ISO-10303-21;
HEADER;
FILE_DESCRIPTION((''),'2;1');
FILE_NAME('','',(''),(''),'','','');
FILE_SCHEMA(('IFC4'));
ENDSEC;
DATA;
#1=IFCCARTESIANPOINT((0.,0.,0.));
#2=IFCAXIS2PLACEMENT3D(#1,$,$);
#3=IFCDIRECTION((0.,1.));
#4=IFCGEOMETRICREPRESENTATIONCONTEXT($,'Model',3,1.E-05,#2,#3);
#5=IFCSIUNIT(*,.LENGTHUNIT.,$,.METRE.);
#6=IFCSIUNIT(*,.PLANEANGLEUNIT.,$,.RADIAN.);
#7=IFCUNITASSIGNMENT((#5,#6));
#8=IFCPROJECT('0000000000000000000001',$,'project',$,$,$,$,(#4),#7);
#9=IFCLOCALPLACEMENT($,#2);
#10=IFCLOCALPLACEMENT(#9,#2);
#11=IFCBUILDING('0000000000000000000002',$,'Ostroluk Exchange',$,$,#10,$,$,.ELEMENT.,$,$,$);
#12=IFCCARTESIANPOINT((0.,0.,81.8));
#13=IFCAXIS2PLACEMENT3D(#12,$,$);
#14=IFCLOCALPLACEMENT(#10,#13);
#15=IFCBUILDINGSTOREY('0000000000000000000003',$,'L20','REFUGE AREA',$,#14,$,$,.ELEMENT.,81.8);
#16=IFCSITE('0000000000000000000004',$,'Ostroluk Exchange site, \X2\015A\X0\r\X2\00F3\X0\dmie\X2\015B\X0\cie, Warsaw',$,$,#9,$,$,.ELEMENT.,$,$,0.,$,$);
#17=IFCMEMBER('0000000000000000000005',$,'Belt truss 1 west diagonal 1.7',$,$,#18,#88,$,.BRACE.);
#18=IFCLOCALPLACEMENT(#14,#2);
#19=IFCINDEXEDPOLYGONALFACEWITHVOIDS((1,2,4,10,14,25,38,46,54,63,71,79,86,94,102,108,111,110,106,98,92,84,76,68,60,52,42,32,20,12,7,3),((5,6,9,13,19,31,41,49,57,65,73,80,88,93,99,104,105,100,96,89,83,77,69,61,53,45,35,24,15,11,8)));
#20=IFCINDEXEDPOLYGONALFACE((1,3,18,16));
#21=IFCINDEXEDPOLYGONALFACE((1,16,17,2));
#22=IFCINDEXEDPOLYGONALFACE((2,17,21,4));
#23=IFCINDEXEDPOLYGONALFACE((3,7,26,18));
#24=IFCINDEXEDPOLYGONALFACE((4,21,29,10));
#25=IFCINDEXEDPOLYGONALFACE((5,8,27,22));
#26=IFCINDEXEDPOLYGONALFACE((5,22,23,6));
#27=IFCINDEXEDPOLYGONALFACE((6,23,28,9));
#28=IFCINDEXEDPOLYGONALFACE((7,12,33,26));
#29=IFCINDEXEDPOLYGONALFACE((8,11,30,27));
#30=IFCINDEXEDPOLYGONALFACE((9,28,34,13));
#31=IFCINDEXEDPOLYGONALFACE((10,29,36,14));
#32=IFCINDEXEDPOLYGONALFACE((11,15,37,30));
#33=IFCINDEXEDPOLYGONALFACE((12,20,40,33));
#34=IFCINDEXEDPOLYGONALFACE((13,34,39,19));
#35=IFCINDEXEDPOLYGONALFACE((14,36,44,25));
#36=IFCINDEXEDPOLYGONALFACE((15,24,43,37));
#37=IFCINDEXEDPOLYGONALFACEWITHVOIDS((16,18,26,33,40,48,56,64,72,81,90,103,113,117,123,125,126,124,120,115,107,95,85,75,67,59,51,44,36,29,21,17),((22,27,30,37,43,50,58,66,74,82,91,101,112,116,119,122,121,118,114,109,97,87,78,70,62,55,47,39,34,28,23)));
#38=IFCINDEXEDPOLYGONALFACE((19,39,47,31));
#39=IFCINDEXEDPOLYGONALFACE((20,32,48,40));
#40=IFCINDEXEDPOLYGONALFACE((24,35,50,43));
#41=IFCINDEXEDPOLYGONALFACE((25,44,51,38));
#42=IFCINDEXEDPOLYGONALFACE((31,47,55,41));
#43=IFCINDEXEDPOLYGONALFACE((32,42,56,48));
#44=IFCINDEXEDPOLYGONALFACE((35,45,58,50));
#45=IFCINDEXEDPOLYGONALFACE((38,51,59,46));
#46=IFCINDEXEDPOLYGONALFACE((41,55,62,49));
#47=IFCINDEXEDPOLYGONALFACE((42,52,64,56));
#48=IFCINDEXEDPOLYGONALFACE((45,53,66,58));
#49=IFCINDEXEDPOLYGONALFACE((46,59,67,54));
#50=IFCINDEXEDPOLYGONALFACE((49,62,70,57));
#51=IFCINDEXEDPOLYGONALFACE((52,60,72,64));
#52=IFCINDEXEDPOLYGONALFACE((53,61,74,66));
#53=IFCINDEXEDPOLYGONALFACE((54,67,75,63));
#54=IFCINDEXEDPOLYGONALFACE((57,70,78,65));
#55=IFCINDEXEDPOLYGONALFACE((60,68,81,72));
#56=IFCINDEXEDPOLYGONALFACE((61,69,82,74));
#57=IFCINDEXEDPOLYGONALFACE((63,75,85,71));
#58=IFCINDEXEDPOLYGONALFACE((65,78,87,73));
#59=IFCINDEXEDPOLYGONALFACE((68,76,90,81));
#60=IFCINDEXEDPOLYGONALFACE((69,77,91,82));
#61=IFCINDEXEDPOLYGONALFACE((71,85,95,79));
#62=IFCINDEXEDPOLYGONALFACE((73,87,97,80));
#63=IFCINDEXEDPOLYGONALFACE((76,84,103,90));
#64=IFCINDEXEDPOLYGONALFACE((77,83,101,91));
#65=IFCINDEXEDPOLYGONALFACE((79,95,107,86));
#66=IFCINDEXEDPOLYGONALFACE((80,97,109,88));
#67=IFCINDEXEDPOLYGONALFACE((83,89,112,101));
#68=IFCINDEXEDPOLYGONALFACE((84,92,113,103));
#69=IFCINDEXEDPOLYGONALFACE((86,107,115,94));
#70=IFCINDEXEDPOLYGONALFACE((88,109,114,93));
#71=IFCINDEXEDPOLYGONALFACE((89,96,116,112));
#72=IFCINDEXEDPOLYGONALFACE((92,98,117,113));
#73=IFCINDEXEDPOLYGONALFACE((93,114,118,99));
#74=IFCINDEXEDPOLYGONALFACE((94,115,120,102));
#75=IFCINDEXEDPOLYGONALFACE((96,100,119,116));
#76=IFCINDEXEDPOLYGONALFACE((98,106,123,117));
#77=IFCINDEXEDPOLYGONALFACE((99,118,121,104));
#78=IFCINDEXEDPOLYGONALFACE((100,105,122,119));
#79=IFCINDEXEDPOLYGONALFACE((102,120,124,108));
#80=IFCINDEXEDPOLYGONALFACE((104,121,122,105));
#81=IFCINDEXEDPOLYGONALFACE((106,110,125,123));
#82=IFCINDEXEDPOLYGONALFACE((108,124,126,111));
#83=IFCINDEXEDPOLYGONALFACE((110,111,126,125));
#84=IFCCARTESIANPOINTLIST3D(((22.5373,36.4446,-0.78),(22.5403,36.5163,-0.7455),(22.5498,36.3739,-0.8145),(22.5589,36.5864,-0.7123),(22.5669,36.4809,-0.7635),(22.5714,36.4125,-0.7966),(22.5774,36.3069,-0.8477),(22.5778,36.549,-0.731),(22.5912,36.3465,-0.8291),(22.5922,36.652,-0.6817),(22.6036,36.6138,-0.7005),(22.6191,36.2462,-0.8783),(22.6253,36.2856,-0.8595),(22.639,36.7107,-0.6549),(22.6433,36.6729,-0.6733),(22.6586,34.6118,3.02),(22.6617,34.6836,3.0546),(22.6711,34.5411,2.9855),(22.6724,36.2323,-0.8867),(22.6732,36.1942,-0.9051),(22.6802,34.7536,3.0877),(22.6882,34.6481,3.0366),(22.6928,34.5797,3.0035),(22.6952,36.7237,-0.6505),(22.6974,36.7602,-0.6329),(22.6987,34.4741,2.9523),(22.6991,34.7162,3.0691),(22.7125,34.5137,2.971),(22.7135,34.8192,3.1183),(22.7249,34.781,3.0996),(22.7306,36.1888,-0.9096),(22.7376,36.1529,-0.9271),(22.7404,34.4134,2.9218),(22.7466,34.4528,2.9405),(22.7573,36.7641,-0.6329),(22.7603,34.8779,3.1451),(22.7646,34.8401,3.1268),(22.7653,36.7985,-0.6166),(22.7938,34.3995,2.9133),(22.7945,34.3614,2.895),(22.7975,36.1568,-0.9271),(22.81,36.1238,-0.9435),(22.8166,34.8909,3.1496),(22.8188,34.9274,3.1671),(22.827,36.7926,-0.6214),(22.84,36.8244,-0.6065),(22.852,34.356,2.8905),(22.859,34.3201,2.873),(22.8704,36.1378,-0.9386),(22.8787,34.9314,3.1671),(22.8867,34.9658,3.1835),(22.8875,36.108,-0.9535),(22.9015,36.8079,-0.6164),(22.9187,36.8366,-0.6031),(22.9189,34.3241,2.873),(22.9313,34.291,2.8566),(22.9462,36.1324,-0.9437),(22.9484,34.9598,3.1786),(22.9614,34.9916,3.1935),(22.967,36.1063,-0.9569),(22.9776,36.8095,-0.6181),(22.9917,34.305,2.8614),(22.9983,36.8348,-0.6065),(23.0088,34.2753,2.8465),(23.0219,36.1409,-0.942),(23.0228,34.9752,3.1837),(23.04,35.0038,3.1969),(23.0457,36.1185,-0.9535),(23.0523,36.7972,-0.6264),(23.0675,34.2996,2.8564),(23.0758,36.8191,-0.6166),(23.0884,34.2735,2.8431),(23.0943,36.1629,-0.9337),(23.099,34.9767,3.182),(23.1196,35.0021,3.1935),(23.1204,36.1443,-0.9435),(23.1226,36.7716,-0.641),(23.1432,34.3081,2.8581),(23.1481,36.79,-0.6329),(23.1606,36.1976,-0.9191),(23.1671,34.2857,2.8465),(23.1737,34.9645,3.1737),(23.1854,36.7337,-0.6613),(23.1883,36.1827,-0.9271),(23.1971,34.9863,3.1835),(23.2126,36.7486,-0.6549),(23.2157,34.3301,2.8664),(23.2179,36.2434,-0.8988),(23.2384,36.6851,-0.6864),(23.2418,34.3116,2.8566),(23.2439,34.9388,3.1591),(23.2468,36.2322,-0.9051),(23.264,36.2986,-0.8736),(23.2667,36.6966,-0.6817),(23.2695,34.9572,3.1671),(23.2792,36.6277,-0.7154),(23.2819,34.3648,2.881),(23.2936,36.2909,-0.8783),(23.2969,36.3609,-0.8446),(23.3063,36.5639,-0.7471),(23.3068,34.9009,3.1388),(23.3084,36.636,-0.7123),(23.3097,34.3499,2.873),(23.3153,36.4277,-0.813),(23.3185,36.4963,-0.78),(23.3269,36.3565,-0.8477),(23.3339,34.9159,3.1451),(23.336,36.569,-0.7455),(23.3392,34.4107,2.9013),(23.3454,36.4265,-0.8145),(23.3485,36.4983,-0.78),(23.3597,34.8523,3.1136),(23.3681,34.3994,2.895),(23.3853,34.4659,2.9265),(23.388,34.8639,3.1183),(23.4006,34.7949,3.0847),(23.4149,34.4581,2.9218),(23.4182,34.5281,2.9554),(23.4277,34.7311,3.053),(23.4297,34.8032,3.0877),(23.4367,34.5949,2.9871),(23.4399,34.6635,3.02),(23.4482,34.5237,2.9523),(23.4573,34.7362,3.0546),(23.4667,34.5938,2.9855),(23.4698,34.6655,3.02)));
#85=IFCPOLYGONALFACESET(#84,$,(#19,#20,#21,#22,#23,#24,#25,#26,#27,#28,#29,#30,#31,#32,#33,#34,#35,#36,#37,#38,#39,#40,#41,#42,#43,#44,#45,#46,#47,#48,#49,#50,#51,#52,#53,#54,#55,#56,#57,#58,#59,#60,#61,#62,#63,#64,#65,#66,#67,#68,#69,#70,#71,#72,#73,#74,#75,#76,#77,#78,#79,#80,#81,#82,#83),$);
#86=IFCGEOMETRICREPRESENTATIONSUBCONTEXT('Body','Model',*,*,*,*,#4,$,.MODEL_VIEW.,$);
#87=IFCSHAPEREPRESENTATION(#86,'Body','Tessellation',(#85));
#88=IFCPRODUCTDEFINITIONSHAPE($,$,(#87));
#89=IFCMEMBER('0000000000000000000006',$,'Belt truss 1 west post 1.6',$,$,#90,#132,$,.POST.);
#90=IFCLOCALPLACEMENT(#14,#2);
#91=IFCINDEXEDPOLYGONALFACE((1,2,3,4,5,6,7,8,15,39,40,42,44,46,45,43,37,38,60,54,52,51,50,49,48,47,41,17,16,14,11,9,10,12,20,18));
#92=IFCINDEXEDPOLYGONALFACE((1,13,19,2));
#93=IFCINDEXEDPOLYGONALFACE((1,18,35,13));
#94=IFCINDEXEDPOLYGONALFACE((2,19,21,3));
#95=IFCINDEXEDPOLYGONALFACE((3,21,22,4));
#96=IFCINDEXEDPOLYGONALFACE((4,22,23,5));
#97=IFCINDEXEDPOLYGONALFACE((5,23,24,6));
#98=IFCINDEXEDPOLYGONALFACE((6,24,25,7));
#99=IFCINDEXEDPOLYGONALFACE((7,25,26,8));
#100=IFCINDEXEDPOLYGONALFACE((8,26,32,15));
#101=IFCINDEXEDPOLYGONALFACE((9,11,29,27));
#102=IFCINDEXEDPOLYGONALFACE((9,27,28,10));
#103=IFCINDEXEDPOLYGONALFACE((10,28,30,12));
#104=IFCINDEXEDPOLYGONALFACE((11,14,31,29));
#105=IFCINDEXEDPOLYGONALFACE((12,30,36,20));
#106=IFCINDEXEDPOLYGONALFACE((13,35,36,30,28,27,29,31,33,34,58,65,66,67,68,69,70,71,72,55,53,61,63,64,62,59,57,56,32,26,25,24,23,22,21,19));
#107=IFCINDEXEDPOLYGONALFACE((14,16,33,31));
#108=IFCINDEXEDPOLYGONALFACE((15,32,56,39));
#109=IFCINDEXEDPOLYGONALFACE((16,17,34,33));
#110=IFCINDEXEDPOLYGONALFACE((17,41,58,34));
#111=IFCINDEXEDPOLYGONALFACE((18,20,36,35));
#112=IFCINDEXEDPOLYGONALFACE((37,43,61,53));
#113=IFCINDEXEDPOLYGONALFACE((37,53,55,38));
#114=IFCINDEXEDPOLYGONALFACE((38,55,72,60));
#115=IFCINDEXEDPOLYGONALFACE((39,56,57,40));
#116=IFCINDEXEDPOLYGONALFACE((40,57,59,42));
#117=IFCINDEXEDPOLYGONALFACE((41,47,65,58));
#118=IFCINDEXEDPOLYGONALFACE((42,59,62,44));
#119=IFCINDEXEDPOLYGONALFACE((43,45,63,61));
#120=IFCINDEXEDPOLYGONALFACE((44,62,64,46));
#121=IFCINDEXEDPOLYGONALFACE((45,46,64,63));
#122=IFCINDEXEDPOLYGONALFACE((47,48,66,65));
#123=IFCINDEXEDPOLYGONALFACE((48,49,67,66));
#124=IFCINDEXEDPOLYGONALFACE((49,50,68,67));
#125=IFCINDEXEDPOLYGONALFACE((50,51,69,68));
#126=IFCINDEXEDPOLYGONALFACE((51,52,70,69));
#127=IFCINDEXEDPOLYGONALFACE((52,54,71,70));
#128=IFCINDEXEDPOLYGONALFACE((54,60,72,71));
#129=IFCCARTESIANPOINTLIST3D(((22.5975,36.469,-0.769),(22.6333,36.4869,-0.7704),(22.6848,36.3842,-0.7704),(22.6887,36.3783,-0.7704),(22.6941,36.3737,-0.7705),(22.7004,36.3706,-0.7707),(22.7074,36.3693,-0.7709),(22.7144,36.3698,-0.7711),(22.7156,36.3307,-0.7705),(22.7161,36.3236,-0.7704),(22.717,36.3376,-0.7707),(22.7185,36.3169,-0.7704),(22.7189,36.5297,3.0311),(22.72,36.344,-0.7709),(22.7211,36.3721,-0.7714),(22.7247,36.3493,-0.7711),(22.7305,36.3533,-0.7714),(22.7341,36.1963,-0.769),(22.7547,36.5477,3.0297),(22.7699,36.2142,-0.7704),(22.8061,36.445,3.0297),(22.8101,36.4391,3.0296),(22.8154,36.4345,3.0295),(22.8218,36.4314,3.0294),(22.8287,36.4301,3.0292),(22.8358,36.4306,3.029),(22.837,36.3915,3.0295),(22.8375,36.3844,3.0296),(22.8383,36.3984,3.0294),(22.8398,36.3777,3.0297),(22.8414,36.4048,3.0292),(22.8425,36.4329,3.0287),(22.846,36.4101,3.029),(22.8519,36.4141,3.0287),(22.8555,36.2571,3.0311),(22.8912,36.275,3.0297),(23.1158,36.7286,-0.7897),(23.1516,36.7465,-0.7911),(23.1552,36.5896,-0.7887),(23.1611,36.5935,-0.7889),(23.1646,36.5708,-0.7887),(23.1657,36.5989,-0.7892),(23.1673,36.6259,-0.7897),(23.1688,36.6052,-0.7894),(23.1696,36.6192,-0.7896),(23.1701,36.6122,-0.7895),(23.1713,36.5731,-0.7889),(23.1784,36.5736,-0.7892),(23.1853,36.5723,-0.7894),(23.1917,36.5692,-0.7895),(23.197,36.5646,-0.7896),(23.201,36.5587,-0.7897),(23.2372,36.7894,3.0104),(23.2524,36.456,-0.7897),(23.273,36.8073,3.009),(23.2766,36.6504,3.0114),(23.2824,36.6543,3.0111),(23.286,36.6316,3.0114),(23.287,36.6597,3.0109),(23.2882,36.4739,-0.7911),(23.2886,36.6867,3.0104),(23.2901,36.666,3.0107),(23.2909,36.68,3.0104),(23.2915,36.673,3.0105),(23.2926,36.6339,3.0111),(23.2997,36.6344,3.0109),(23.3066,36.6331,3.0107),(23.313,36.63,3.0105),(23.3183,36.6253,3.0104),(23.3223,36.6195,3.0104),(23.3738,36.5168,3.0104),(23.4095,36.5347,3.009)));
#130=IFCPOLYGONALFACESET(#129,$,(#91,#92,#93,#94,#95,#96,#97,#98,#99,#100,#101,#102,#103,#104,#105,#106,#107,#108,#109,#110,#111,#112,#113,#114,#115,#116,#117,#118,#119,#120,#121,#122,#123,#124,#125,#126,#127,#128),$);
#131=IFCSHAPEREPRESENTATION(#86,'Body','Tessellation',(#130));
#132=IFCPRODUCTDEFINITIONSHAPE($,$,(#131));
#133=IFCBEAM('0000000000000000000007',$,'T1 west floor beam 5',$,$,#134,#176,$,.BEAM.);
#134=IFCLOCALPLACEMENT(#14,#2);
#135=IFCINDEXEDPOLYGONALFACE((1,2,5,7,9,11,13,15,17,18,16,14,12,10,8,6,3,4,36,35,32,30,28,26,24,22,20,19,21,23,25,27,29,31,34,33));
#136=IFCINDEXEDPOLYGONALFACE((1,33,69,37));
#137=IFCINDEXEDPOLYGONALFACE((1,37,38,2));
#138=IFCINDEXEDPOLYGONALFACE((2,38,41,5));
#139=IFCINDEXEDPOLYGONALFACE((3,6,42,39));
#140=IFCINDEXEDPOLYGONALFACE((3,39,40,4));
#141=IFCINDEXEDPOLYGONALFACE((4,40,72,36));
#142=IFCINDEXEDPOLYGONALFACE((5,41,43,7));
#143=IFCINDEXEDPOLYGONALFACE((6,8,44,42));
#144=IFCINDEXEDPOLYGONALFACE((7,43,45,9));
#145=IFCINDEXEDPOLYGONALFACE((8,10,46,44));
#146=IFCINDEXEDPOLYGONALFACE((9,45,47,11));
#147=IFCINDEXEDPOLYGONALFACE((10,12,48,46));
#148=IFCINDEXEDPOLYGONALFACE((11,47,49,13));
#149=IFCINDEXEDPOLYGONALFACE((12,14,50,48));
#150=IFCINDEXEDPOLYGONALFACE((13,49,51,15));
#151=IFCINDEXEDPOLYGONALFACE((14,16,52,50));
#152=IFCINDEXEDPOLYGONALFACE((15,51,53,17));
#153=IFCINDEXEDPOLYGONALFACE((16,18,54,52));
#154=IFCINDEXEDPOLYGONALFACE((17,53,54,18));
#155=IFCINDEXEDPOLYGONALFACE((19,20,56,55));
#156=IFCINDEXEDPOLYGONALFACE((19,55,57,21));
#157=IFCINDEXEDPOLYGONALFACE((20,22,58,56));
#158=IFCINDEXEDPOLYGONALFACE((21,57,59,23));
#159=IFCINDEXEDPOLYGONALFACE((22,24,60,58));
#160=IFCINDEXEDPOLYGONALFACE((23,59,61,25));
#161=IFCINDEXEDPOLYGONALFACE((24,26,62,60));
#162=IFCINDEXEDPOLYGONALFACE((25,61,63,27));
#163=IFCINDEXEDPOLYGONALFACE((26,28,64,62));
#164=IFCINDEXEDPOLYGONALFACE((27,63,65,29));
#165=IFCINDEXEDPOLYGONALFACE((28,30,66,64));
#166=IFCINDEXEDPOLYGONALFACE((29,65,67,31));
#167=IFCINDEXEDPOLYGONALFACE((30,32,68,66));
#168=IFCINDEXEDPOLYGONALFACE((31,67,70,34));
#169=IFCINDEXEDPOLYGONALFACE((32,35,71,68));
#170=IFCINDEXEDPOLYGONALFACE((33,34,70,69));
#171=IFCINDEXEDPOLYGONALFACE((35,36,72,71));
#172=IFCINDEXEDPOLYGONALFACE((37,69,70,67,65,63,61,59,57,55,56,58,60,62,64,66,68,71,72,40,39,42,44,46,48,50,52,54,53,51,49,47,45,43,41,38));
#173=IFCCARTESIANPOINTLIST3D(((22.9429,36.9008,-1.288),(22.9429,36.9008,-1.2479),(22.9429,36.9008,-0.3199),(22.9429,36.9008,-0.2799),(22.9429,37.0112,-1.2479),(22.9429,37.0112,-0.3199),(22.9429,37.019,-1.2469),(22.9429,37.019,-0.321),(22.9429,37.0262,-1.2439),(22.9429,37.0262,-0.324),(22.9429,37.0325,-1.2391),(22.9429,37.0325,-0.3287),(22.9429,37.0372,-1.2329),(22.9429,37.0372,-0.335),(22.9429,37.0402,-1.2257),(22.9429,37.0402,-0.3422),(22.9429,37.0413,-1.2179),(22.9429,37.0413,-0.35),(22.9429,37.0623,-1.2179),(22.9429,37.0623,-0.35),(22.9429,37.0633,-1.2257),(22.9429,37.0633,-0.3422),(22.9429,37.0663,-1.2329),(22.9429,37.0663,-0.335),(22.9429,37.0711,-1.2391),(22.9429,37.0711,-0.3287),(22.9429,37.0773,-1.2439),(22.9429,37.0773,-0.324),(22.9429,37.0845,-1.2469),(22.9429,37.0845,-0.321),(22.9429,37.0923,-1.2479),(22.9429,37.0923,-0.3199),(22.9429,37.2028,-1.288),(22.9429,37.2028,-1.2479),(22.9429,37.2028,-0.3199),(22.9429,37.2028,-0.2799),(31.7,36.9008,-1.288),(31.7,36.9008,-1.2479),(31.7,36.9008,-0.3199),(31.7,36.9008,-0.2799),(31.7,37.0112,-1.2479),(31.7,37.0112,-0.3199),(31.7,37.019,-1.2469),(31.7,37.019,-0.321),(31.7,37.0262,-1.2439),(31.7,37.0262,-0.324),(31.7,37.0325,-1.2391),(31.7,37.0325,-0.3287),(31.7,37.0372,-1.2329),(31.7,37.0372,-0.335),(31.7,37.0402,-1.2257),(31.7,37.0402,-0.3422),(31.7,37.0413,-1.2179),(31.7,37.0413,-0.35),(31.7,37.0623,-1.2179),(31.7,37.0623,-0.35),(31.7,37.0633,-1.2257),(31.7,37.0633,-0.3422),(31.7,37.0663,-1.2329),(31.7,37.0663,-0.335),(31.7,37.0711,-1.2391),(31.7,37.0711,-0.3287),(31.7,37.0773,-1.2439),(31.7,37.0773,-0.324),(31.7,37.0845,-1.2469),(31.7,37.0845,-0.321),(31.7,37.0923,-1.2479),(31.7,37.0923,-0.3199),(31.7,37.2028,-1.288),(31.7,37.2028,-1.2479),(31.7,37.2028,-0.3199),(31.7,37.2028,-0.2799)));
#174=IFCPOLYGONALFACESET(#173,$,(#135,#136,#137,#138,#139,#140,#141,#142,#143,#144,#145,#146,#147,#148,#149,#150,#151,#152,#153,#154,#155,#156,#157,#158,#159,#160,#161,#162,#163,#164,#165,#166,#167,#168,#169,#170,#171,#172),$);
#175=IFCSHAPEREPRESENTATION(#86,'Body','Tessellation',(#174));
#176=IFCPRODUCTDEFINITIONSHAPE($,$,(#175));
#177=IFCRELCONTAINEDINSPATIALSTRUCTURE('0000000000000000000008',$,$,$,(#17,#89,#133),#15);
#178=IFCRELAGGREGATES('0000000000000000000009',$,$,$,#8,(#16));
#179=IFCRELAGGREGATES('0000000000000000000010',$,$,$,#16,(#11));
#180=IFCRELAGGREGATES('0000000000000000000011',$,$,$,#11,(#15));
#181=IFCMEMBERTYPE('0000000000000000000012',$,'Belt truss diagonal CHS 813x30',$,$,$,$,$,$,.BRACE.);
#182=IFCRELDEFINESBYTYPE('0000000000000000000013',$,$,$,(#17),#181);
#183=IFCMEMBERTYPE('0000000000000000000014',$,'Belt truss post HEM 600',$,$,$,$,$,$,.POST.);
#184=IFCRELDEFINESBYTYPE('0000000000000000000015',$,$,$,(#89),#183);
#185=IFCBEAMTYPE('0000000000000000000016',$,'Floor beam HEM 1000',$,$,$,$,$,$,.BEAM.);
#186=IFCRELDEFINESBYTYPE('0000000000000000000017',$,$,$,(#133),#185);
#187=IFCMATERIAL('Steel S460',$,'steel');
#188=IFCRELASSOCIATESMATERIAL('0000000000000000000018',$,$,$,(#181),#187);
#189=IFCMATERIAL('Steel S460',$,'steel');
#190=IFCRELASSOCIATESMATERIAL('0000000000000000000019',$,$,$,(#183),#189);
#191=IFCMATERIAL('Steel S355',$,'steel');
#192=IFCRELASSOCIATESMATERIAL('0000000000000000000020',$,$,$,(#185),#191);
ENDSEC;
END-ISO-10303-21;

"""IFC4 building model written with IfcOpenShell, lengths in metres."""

from ifc_helpers import new_model, si_unit, direction, frame, origin, origin_2d, place, context, subcontext, project, spatial, hollow_circle, i_section, extrude, material, material_profile, profile_set, type_object, element, save


model = new_model("IFC4")

# Units and contexts
model_context = context("Model", 3, precision=1e-05, world=origin(), true_north=direction((0.0, 1.0)))
body_context = subcontext(model_context, "Body", "Model", "MODEL_VIEW")
ifc_project = project(units=[si_unit("LENGTHUNIT", "METRE"), si_unit("PLANEANGLEUNIT", "RADIAN")], contexts=[model_context])

# Site, building, storey
site_placement = place(None, origin())
site = spatial("IfcSite", under=ifc_project, at=site_placement, Name="Ostroluk Exchange site, Śródmieście, Warsaw", CompositionType="ELEMENT", RefElevation=0.0)
building_placement = place(site_placement, origin())
building = spatial("IfcBuilding", under=site, at=building_placement, Name="Ostroluk Exchange", CompositionType="ELEMENT")
storey_placement = place(building_placement, frame((0.0, 0.0, 81.8)))
storey = spatial("IfcBuildingStorey", under=building, at=storey_placement, Name="L20", Description="REFUGE AREA", CompositionType="ELEMENT", Elevation=81.8)

# Members
ifc_material_1 = material(Name="Steel S460", Category="steel")
ifc_material_profile_1 = material_profile(ifc_material_1, hollow_circle(Radius=0.4065, WallThickness=0.03, at=origin_2d()), Name="CHS 813x30")
ifc_profile_set_1 = profile_set([ifc_material_profile_1], Name="Steel S460")
member_type_1 = type_object("IfcMemberType", Name="Belt truss diagonal CHS 813x30", PredefinedType="BRACE", material=ifc_profile_set_1)
member_1_placement = place(storey_placement, frame((22.9429, 36.4714, -0.78), z_axis=(0.028748, -0.434234, 0.900341), x_axis=(0.997816, 0.06606, 0.0)))
element("IfcMember", 1, at=member_1_placement, inside=storey, type_object=member_type_1, Name="Belt truss 1 west diagonal 1.7", PredefinedType="BRACE", context=body_context, shape_type="SweptSolid", body=[
    extrude(hollow_circle(Radius=0.4065, WallThickness=0.03, at=origin_2d()), origin(), (0.0, 0.0, 1.0), 4.2207),
])
ifc_material_2 = material(Name="Steel S460", Category="steel")
ifc_material_profile_2 = material_profile(ifc_material_2, i_section(OverallWidth=0.3049, OverallDepth=0.6201, WebThickness=0.021, FlangeThickness=0.04, FilletRadius=0.0271, at=origin_2d()), Name="HEM 600")
ifc_profile_set_2 = profile_set([ifc_material_profile_2], Name="Steel S460")
member_type_2 = type_object("IfcMemberType", Name="Belt truss post HEM 600", PredefinedType="POST", material=ifc_profile_set_2)
member_2_placement = place(storey_placement, frame((22.9429, 36.4714, -0.78), z_axis=(0.03191, 0.015987, 0.999363), x_axis=(-0.447933, 0.894067, 0.0)))
element("IfcMember", 2, at=member_2_placement, inside=storey, type_object=member_type_2, Name="Belt truss 1 west post 1.6", PredefinedType="POST", context=body_context, shape_type="SweptSolid", body=[
    extrude(i_section(OverallWidth=0.3049, OverallDepth=0.6201, WebThickness=0.021, FlangeThickness=0.04, FilletRadius=0.0271, at=origin_2d()), origin(), (0.0, 0.0, 1.0), 3.8025),
])

# Beam
ifc_material_3 = material(Name="Steel S355", Category="steel")
ifc_material_profile_3 = material_profile(ifc_material_3, i_section(OverallWidth=0.302, OverallDepth=1.0081, WebThickness=0.021, FlangeThickness=0.04, FilletRadius=0.03, at=origin_2d()), Name="HEM 1000")
ifc_profile_set_3 = profile_set([ifc_material_profile_3], Name="Steel S355")
beam_type_1 = type_object("IfcBeamType", Name="Floor beam HEM 1000", PredefinedType="BEAM", material=ifc_profile_set_3)
beam_1_placement = place(storey_placement, frame((31.7, 37.0518, -0.7839), z_axis=(-1.0, 0.0, 0.0), x_axis=(0.0, -1.0, 0.0)))
element("IfcBeam", 3, at=beam_1_placement, inside=storey, type_object=beam_type_1, Name="T1 west floor beam 5", PredefinedType="BEAM", context=body_context, shape_type="SweptSolid", body=[
    extrude(i_section(OverallWidth=0.302, OverallDepth=1.0081, WebThickness=0.021, FlangeThickness=0.04, FilletRadius=0.03, at=origin_2d()), origin(), (0.0, 0.0, 1.0), 8.7571),
])

save(model, "model.ifc")
